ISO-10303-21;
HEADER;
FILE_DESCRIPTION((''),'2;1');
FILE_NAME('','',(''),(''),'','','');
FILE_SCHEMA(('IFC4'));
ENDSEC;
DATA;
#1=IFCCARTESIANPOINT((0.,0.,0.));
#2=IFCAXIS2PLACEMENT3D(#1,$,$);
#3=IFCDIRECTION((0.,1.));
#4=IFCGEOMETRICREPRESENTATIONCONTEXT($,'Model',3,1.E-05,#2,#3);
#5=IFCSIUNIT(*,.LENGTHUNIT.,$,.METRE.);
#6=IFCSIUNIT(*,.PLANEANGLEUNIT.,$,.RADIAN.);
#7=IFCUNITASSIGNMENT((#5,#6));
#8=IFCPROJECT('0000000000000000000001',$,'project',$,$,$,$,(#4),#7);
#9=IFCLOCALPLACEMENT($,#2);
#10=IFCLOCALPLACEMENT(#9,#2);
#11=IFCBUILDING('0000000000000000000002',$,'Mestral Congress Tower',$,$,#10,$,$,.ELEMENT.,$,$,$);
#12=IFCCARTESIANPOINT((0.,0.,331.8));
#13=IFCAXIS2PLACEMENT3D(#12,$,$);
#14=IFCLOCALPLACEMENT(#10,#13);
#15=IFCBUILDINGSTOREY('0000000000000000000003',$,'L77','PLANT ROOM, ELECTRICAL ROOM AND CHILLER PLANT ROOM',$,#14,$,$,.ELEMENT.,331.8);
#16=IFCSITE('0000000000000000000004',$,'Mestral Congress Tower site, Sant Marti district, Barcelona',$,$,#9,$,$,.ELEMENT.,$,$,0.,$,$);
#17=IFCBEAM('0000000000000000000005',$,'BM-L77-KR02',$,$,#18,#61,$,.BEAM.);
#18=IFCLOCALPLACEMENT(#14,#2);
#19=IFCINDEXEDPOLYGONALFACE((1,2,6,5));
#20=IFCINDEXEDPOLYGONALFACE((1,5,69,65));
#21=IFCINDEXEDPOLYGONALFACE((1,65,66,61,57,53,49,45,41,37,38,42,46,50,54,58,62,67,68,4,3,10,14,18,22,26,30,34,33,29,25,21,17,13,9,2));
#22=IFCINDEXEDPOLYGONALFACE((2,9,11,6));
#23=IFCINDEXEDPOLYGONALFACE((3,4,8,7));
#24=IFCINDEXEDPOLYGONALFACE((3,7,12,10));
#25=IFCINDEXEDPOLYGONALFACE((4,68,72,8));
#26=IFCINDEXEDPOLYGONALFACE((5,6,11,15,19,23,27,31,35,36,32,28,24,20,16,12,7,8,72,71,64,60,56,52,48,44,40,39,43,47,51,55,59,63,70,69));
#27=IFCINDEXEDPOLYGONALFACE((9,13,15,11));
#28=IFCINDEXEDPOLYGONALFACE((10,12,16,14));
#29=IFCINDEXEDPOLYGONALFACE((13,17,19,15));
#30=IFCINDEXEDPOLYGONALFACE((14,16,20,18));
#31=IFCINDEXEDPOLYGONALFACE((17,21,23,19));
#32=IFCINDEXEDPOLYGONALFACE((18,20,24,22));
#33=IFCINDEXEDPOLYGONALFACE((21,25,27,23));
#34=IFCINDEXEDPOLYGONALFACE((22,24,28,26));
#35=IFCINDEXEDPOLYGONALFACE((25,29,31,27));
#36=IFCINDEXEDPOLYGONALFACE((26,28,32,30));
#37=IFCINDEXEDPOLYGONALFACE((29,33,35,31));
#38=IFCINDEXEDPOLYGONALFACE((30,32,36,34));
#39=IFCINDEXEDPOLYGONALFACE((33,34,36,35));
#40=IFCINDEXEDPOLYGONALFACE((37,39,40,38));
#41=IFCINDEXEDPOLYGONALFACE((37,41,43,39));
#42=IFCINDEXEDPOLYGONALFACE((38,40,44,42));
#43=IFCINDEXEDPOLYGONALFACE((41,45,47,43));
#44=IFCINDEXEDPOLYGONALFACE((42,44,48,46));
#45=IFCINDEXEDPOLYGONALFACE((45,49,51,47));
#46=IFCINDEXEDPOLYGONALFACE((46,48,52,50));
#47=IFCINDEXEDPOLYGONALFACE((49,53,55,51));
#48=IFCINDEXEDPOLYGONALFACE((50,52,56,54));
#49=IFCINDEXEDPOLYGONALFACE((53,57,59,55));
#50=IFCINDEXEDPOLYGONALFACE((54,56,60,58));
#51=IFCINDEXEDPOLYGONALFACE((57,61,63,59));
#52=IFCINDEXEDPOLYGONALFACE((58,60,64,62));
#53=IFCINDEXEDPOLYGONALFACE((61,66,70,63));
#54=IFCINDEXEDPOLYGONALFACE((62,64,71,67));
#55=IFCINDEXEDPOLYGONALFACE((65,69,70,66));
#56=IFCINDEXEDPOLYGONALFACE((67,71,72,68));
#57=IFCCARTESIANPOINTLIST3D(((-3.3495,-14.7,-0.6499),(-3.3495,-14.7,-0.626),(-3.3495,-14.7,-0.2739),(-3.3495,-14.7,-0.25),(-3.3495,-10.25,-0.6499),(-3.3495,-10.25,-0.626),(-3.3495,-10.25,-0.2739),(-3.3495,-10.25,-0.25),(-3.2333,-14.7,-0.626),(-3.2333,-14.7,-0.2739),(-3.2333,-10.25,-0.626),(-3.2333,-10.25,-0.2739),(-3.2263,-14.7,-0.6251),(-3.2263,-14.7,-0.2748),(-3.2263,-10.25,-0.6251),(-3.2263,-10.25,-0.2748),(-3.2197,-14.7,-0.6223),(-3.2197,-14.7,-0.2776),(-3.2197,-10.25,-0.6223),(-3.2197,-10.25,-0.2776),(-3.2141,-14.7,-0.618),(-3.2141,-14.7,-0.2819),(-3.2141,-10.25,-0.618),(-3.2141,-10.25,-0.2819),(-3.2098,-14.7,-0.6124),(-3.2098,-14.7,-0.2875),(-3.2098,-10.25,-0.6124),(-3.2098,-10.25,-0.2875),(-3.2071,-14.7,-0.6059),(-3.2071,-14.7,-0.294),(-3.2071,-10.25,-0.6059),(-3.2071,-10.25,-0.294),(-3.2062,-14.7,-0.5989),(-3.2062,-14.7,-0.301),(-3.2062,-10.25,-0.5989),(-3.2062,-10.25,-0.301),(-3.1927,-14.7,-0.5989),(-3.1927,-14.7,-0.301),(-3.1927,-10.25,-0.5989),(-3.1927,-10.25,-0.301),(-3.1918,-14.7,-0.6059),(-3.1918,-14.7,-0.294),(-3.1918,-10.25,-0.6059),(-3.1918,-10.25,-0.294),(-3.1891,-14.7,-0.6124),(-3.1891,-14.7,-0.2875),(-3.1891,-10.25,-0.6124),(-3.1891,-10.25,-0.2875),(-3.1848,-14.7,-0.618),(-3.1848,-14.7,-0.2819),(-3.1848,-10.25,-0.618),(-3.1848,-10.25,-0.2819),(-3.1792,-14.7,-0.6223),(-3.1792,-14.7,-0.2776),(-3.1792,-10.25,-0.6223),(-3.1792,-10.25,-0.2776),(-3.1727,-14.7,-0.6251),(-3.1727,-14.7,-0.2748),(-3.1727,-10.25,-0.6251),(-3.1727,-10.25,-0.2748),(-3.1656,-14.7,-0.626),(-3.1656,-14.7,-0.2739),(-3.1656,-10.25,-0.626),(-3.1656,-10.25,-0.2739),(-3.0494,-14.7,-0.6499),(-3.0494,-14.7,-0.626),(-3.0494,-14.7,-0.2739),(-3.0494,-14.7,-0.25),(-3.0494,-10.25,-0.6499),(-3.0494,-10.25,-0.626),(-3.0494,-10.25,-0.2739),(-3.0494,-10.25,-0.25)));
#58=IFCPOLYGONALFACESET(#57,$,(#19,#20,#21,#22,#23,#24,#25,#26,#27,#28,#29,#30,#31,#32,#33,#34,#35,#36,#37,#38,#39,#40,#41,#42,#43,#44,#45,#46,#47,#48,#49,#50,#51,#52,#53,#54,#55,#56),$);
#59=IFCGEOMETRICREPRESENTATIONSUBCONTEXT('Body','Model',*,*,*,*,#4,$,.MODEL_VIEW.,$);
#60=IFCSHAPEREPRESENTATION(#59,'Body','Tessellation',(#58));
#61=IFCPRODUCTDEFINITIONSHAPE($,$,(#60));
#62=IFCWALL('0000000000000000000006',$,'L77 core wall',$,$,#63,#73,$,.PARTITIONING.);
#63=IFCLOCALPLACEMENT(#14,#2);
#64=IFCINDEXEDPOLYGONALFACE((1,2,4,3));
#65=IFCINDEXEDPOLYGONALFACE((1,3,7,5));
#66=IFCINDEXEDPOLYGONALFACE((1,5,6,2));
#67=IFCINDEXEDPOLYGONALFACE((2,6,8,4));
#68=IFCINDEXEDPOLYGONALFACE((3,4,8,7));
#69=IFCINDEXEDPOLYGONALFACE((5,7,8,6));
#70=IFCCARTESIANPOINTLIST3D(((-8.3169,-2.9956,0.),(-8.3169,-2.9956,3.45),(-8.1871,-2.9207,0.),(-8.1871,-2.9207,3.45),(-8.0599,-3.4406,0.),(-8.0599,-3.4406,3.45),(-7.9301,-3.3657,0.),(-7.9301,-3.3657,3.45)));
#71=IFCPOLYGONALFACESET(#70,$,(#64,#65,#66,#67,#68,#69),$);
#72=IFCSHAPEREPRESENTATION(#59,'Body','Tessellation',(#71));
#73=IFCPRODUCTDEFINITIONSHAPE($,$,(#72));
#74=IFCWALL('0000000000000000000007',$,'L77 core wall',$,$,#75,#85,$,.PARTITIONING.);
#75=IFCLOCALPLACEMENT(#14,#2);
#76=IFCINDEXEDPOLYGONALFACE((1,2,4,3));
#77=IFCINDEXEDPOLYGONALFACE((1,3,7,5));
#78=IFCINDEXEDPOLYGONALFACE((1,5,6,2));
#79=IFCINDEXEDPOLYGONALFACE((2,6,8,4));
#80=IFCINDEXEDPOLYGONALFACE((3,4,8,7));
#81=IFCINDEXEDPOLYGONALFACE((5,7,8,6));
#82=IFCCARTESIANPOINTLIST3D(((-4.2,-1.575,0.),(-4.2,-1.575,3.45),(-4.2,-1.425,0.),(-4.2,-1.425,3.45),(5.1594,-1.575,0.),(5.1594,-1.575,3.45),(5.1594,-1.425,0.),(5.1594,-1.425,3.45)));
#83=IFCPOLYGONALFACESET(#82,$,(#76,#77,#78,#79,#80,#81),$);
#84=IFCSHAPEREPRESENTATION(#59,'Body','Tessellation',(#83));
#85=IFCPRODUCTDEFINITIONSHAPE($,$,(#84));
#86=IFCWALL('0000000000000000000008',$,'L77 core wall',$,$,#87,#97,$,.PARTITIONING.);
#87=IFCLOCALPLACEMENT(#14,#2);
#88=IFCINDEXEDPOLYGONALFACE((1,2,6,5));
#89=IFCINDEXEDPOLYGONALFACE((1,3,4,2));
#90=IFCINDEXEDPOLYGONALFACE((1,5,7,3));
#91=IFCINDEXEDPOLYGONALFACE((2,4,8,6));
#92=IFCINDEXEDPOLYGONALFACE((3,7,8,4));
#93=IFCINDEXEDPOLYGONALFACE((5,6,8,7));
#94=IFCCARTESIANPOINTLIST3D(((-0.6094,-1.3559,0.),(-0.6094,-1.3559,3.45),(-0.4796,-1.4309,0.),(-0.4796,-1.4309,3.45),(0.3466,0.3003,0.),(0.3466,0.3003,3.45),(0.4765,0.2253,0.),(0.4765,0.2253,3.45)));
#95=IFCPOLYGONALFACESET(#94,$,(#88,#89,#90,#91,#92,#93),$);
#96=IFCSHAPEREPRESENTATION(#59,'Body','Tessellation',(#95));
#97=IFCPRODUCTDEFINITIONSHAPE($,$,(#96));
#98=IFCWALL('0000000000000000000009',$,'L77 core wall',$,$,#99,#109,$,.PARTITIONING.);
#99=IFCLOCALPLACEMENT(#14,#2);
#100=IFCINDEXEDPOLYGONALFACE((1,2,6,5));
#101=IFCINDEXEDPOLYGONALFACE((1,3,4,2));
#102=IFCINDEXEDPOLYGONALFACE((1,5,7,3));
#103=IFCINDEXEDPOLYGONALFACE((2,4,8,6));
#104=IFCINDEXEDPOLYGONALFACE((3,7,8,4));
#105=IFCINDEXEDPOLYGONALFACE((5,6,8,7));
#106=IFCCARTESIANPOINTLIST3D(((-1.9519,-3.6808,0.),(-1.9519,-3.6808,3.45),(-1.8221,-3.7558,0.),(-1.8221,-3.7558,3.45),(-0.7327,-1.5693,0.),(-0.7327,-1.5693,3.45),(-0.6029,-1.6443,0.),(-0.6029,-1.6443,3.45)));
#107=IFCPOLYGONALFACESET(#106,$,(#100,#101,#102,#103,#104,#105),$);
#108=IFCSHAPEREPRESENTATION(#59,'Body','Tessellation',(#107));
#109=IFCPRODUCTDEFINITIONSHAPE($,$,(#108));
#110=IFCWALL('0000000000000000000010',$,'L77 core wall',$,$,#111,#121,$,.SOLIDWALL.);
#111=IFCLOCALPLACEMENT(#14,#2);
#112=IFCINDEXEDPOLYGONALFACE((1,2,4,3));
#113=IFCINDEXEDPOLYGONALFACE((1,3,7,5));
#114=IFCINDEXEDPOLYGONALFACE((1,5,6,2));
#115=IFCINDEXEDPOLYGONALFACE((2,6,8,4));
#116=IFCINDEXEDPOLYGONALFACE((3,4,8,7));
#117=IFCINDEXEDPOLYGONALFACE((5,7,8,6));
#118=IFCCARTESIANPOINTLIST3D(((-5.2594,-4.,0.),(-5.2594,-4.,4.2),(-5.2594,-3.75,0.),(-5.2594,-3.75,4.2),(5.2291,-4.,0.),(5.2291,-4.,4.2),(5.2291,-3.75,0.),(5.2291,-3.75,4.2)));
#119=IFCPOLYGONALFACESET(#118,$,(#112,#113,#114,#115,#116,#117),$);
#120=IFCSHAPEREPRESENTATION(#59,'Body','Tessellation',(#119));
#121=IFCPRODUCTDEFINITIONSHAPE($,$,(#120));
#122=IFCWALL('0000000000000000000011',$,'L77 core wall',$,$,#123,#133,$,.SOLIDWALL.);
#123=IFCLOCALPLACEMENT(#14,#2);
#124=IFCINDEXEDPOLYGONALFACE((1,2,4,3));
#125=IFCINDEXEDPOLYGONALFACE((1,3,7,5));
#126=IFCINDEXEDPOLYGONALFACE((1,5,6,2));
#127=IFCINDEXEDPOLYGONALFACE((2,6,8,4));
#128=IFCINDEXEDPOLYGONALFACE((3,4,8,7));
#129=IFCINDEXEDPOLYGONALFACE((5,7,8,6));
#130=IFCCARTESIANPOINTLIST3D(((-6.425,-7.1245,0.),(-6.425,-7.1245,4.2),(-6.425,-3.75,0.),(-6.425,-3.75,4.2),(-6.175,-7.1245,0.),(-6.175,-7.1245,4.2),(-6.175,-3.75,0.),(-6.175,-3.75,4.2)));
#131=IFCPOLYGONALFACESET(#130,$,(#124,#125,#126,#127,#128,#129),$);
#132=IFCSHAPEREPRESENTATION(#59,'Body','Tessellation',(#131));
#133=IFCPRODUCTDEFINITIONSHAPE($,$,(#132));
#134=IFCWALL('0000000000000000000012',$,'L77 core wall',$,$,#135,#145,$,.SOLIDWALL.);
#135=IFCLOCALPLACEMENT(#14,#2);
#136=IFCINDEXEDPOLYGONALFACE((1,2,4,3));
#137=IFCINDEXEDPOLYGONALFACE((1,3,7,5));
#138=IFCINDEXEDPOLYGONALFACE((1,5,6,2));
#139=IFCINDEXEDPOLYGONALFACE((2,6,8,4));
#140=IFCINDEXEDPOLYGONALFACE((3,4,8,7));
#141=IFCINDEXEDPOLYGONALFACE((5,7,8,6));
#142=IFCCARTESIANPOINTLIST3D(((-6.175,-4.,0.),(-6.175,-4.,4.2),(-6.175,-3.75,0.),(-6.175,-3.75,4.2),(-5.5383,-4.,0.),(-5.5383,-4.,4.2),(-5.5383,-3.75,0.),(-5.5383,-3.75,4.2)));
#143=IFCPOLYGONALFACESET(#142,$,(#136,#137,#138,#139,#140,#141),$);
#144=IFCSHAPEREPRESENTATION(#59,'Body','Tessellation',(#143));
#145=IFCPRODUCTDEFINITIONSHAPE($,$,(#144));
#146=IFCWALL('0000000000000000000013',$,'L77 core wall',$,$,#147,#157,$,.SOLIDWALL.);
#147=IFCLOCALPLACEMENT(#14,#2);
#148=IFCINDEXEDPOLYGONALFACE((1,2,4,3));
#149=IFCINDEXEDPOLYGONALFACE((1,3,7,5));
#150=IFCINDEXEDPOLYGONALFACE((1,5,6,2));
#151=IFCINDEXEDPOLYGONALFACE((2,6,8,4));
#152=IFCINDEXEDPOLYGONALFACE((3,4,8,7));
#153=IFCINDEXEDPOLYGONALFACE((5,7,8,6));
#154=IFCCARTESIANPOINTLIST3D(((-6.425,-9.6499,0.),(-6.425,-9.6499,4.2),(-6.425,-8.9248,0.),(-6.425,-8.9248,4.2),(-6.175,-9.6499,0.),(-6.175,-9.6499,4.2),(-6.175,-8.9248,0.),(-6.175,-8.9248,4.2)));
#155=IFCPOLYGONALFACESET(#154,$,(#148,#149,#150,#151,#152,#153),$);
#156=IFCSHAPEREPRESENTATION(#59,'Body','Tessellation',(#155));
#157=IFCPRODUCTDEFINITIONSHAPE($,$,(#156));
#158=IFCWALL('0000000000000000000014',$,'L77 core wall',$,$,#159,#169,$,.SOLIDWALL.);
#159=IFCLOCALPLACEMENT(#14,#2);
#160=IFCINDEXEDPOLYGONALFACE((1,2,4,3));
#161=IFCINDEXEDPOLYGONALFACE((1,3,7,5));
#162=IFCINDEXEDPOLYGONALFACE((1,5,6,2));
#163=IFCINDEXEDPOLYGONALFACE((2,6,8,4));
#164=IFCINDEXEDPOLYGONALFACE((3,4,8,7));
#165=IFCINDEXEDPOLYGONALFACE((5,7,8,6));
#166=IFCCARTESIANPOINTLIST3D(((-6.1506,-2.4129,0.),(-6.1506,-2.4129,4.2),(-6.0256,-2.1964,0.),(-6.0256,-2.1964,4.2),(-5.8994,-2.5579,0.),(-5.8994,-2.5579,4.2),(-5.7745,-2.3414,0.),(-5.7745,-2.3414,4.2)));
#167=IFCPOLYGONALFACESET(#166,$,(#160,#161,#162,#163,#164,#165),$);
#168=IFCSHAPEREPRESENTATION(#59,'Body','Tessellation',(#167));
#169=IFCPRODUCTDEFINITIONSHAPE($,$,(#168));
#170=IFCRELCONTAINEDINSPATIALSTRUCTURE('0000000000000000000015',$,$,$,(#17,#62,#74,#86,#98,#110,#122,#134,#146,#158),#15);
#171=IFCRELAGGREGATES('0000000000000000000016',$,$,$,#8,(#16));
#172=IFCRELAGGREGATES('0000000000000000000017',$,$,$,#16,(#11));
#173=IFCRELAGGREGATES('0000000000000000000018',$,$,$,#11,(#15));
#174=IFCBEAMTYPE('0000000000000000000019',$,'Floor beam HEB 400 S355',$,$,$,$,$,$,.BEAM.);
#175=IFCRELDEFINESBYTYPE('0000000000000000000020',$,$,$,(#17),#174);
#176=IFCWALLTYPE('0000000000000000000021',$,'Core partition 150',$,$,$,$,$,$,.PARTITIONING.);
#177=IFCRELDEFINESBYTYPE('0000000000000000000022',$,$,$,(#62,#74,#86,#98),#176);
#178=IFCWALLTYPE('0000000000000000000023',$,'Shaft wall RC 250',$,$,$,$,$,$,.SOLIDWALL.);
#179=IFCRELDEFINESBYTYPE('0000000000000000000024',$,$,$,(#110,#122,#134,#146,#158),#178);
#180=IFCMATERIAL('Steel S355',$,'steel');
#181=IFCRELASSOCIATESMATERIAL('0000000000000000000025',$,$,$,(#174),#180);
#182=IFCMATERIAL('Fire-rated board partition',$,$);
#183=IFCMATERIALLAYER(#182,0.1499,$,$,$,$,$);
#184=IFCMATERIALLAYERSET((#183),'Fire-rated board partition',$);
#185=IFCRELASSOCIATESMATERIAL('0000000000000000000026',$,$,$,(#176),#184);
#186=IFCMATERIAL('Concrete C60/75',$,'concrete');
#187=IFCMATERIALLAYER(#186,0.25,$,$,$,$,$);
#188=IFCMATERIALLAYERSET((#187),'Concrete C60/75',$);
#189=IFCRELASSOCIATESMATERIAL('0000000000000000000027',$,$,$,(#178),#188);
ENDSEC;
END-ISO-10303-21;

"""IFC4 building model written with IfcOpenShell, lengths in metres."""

from ifc_helpers import new_model, si_unit, direction, frame, frame_2d, origin, origin_2d, place, context, subcontext, project, spatial, rectangle, i_section, extrude, material, layer, layer_set, material_profile, profile_set, type_object, element, save


model = new_model("IFC4")

# Units and contexts
model_context = context("Model", 3, precision=1e-05, world=origin(), true_north=direction((0.0, 1.0)))
body_context = subcontext(model_context, "Body", "Model", "MODEL_VIEW")
ifc_project = project(units=[si_unit("LENGTHUNIT", "METRE"), si_unit("PLANEANGLEUNIT", "RADIAN")], contexts=[model_context])

# Site, building, storey
site_placement = place(None, origin())
site = spatial("IfcSite", under=ifc_project, at=site_placement, Name="Mestral Congress Tower site, Sant Marti district, Barcelona", CompositionType="ELEMENT", RefElevation=0.0)
building_placement = place(site_placement, origin())
building = spatial("IfcBuilding", under=site, at=building_placement, Name="Mestral Congress Tower", CompositionType="ELEMENT")
storey_placement = place(building_placement, frame((0.0, 0.0, 331.8)))
storey = spatial("IfcBuildingStorey", under=building, at=storey_placement, Name="L77", Description="PLANT ROOM, ELECTRICAL ROOM AND CHILLER PLANT ROOM", CompositionType="ELEMENT", Elevation=331.8)

# Beam
ifc_material_1 = material(Name="Steel S355", Category="steel")
ifc_material_profile = material_profile(ifc_material_1, i_section(OverallWidth=0.3, OverallDepth=0.3999, WebThickness=0.0134, FlangeThickness=0.0239, FilletRadius=0.0271, at=origin_2d()), Name="HEB 400")
ifc_profile_set = profile_set([ifc_material_profile], Name="Steel S355")
beam_type = type_object("IfcBeamType", Name="Floor beam HEB 400 S355", PredefinedType="BEAM", material=ifc_profile_set)
beam_placement = place(storey_placement, frame((-3.1995, -10.25, -0.45), z_axis=(0.0, -1.0, 0.0), x_axis=(1.0, 0.0, 0.0)))
element("IfcBeam", 1, at=beam_placement, inside=storey, type_object=beam_type, Name="BM-L77-KR02", PredefinedType="BEAM", context=body_context, shape_type="SweptSolid", body=[
    extrude(i_section(OverallWidth=0.3, OverallDepth=0.3999, WebThickness=0.0134, FlangeThickness=0.0239, FilletRadius=0.0271, at=origin_2d()), origin(), (0.0, 0.0, 1.0), 4.45),
])

# Walls
ifc_material_2 = material(Name="Fire-rated board partition")
ifc_layer_1 = layer(ifc_material_2, 0.1499)
ifc_layer_set_1 = layer_set([ifc_layer_1], Name="Fire-rated board partition")
wall_type_1 = type_object("IfcWallType", Name="Core partition 150", PredefinedType="PARTITIONING", material=ifc_layer_set_1)
wall_1_placement = place(storey_placement, frame((-8.252, -2.9583, 0.0), z_axis=(0.0, 0.0, 1.0), x_axis=(0.500175, -0.865925, 0.0)))
element("IfcWall", 2, at=wall_1_placement, inside=storey, type_object=wall_type_1, Name="L77 core wall", PredefinedType="PARTITIONING", context=body_context, shape_type="SweptSolid", body=[
    extrude(rectangle(XDim=0.5139, YDim=0.1499, at=frame_2d((0.2568, 0.0))), origin(), (0.0, 0.0, 1.0), 3.45),
])
wall_2_placement = place(storey_placement, frame((-4.2, -1.5, 0.0), z_axis=(0.0, 0.0, 1.0), x_axis=(1.0, 0.0, 0.0)))
element("IfcWall", 3, at=wall_2_placement, inside=storey, type_object=wall_type_1, Name="L77 core wall", PredefinedType="PARTITIONING", context=body_context, shape_type="SweptSolid", body=[
    extrude(rectangle(XDim=9.3594, YDim=0.1499, at=frame_2d((4.6797, 0.0))), origin(), (0.0, 0.0, 1.0), 3.45),
])
wall_3_placement = place(storey_placement, frame((-0.5444, -1.3933, 0.0), z_axis=(0.0, 0.0, 1.0), x_axis=(0.499929, 0.866067, 0.0)))
element("IfcWall", 4, at=wall_3_placement, inside=storey, type_object=wall_type_1, Name="L77 core wall", PredefinedType="PARTITIONING", context=body_context, shape_type="SweptSolid", body=[
    extrude(rectangle(XDim=1.9124, YDim=0.1499, at=frame_2d((0.9561, 0.0))), origin(), (0.0, 0.0, 1.0), 3.45),
])
wall_4_placement = place(storey_placement, frame((-0.6677, -1.6067, 0.0), z_axis=(0.0, 0.0, 1.0), x_axis=(-0.500037, -0.866004, 0.0)))
element("IfcWall", 5, at=wall_4_placement, inside=storey, type_object=wall_type_1, Name="L77 core wall", PredefinedType="PARTITIONING", context=body_context, shape_type="SweptSolid", body=[
    extrude(rectangle(XDim=2.4382, YDim=0.1499, at=frame_2d((1.2192, 0.0))), origin(), (0.0, 0.0, 1.0), 3.45),
])
ifc_material_3 = material(Name="Concrete C60/75", Category="concrete")
ifc_layer_2 = layer(ifc_material_3, 0.25)
ifc_layer_set_2 = layer_set([ifc_layer_2], Name="Concrete C60/75")
wall_type_2 = type_object("IfcWallType", Name="Shaft wall RC 250", PredefinedType="SOLIDWALL", material=ifc_layer_set_2)
wall_5_placement = place(storey_placement, frame((-5.2593, -3.875, 0.0), z_axis=(0.0, 0.0, 1.0), x_axis=(1.0, 0.0, 0.0)))
element("IfcWall", 6, at=wall_5_placement, inside=storey, type_object=wall_type_2, Name="L77 core wall", PredefinedType="SOLIDWALL", context=body_context, shape_type="SweptSolid", body=[
    extrude(rectangle(XDim=10.4885, YDim=0.25, at=frame_2d((5.2441, 0.0))), origin(), (0.0, 0.0, 1.0), 4.2),
])
wall_6_placement = place(storey_placement, frame((-6.3, -7.1245, 0.0), z_axis=(0.0, 0.0, 1.0), x_axis=(0.0, 1.0, 0.0)))
element("IfcWall", 7, at=wall_6_placement, inside=storey, type_object=wall_type_2, Name="L77 core wall", PredefinedType="SOLIDWALL", context=body_context, shape_type="SweptSolid", body=[
    extrude(rectangle(XDim=3.3745, YDim=0.25, at=frame_2d((1.6873, 0.0))), origin(), (0.0, 0.0, 1.0), 4.2),
])
wall_7_placement = place(storey_placement, frame((-6.175, -3.875, 0.0), z_axis=(0.0, 0.0, 1.0), x_axis=(1.0, 0.0, 0.0)))
element("IfcWall", 8, at=wall_7_placement, inside=storey, type_object=wall_type_2, Name="L77 core wall", PredefinedType="SOLIDWALL", context=body_context, shape_type="SweptSolid", body=[
    extrude(rectangle(XDim=0.6367, YDim=0.25, at=frame_2d((0.3184, 0.0))), origin(), (0.0, 0.0, 1.0), 4.2),
])
wall_8_placement = place(storey_placement, frame((-6.3, -8.9248, 0.0), z_axis=(0.0, 0.0, 1.0), x_axis=(0.0, -1.0, 0.0)))
element("IfcWall", 9, at=wall_8_placement, inside=storey, type_object=wall_type_2, Name="L77 core wall", PredefinedType="SOLIDWALL", context=body_context, shape_type="SweptSolid", body=[
    extrude(rectangle(XDim=0.7251, YDim=0.25, at=frame_2d((0.3625, 0.0))), origin(), (0.0, 0.0, 1.0), 4.2),
])
wall_9_placement = place(storey_placement, frame((-6.0881, -2.3047, 0.0), z_axis=(0.0, 0.0, 1.0), x_axis=(0.866059, -0.499941, 0.0)))
element("IfcWall", 10, at=wall_9_placement, inside=storey, type_object=wall_type_2, Name="L77 core wall", PredefinedType="SOLIDWALL", context=body_context, shape_type="SweptSolid", body=[
    extrude(rectangle(XDim=0.29, YDim=0.25, at=frame_2d((0.145, 0.0))), origin(), (0.0, 0.0, 1.0), 4.2),
])

save(model, "model.ifc")
